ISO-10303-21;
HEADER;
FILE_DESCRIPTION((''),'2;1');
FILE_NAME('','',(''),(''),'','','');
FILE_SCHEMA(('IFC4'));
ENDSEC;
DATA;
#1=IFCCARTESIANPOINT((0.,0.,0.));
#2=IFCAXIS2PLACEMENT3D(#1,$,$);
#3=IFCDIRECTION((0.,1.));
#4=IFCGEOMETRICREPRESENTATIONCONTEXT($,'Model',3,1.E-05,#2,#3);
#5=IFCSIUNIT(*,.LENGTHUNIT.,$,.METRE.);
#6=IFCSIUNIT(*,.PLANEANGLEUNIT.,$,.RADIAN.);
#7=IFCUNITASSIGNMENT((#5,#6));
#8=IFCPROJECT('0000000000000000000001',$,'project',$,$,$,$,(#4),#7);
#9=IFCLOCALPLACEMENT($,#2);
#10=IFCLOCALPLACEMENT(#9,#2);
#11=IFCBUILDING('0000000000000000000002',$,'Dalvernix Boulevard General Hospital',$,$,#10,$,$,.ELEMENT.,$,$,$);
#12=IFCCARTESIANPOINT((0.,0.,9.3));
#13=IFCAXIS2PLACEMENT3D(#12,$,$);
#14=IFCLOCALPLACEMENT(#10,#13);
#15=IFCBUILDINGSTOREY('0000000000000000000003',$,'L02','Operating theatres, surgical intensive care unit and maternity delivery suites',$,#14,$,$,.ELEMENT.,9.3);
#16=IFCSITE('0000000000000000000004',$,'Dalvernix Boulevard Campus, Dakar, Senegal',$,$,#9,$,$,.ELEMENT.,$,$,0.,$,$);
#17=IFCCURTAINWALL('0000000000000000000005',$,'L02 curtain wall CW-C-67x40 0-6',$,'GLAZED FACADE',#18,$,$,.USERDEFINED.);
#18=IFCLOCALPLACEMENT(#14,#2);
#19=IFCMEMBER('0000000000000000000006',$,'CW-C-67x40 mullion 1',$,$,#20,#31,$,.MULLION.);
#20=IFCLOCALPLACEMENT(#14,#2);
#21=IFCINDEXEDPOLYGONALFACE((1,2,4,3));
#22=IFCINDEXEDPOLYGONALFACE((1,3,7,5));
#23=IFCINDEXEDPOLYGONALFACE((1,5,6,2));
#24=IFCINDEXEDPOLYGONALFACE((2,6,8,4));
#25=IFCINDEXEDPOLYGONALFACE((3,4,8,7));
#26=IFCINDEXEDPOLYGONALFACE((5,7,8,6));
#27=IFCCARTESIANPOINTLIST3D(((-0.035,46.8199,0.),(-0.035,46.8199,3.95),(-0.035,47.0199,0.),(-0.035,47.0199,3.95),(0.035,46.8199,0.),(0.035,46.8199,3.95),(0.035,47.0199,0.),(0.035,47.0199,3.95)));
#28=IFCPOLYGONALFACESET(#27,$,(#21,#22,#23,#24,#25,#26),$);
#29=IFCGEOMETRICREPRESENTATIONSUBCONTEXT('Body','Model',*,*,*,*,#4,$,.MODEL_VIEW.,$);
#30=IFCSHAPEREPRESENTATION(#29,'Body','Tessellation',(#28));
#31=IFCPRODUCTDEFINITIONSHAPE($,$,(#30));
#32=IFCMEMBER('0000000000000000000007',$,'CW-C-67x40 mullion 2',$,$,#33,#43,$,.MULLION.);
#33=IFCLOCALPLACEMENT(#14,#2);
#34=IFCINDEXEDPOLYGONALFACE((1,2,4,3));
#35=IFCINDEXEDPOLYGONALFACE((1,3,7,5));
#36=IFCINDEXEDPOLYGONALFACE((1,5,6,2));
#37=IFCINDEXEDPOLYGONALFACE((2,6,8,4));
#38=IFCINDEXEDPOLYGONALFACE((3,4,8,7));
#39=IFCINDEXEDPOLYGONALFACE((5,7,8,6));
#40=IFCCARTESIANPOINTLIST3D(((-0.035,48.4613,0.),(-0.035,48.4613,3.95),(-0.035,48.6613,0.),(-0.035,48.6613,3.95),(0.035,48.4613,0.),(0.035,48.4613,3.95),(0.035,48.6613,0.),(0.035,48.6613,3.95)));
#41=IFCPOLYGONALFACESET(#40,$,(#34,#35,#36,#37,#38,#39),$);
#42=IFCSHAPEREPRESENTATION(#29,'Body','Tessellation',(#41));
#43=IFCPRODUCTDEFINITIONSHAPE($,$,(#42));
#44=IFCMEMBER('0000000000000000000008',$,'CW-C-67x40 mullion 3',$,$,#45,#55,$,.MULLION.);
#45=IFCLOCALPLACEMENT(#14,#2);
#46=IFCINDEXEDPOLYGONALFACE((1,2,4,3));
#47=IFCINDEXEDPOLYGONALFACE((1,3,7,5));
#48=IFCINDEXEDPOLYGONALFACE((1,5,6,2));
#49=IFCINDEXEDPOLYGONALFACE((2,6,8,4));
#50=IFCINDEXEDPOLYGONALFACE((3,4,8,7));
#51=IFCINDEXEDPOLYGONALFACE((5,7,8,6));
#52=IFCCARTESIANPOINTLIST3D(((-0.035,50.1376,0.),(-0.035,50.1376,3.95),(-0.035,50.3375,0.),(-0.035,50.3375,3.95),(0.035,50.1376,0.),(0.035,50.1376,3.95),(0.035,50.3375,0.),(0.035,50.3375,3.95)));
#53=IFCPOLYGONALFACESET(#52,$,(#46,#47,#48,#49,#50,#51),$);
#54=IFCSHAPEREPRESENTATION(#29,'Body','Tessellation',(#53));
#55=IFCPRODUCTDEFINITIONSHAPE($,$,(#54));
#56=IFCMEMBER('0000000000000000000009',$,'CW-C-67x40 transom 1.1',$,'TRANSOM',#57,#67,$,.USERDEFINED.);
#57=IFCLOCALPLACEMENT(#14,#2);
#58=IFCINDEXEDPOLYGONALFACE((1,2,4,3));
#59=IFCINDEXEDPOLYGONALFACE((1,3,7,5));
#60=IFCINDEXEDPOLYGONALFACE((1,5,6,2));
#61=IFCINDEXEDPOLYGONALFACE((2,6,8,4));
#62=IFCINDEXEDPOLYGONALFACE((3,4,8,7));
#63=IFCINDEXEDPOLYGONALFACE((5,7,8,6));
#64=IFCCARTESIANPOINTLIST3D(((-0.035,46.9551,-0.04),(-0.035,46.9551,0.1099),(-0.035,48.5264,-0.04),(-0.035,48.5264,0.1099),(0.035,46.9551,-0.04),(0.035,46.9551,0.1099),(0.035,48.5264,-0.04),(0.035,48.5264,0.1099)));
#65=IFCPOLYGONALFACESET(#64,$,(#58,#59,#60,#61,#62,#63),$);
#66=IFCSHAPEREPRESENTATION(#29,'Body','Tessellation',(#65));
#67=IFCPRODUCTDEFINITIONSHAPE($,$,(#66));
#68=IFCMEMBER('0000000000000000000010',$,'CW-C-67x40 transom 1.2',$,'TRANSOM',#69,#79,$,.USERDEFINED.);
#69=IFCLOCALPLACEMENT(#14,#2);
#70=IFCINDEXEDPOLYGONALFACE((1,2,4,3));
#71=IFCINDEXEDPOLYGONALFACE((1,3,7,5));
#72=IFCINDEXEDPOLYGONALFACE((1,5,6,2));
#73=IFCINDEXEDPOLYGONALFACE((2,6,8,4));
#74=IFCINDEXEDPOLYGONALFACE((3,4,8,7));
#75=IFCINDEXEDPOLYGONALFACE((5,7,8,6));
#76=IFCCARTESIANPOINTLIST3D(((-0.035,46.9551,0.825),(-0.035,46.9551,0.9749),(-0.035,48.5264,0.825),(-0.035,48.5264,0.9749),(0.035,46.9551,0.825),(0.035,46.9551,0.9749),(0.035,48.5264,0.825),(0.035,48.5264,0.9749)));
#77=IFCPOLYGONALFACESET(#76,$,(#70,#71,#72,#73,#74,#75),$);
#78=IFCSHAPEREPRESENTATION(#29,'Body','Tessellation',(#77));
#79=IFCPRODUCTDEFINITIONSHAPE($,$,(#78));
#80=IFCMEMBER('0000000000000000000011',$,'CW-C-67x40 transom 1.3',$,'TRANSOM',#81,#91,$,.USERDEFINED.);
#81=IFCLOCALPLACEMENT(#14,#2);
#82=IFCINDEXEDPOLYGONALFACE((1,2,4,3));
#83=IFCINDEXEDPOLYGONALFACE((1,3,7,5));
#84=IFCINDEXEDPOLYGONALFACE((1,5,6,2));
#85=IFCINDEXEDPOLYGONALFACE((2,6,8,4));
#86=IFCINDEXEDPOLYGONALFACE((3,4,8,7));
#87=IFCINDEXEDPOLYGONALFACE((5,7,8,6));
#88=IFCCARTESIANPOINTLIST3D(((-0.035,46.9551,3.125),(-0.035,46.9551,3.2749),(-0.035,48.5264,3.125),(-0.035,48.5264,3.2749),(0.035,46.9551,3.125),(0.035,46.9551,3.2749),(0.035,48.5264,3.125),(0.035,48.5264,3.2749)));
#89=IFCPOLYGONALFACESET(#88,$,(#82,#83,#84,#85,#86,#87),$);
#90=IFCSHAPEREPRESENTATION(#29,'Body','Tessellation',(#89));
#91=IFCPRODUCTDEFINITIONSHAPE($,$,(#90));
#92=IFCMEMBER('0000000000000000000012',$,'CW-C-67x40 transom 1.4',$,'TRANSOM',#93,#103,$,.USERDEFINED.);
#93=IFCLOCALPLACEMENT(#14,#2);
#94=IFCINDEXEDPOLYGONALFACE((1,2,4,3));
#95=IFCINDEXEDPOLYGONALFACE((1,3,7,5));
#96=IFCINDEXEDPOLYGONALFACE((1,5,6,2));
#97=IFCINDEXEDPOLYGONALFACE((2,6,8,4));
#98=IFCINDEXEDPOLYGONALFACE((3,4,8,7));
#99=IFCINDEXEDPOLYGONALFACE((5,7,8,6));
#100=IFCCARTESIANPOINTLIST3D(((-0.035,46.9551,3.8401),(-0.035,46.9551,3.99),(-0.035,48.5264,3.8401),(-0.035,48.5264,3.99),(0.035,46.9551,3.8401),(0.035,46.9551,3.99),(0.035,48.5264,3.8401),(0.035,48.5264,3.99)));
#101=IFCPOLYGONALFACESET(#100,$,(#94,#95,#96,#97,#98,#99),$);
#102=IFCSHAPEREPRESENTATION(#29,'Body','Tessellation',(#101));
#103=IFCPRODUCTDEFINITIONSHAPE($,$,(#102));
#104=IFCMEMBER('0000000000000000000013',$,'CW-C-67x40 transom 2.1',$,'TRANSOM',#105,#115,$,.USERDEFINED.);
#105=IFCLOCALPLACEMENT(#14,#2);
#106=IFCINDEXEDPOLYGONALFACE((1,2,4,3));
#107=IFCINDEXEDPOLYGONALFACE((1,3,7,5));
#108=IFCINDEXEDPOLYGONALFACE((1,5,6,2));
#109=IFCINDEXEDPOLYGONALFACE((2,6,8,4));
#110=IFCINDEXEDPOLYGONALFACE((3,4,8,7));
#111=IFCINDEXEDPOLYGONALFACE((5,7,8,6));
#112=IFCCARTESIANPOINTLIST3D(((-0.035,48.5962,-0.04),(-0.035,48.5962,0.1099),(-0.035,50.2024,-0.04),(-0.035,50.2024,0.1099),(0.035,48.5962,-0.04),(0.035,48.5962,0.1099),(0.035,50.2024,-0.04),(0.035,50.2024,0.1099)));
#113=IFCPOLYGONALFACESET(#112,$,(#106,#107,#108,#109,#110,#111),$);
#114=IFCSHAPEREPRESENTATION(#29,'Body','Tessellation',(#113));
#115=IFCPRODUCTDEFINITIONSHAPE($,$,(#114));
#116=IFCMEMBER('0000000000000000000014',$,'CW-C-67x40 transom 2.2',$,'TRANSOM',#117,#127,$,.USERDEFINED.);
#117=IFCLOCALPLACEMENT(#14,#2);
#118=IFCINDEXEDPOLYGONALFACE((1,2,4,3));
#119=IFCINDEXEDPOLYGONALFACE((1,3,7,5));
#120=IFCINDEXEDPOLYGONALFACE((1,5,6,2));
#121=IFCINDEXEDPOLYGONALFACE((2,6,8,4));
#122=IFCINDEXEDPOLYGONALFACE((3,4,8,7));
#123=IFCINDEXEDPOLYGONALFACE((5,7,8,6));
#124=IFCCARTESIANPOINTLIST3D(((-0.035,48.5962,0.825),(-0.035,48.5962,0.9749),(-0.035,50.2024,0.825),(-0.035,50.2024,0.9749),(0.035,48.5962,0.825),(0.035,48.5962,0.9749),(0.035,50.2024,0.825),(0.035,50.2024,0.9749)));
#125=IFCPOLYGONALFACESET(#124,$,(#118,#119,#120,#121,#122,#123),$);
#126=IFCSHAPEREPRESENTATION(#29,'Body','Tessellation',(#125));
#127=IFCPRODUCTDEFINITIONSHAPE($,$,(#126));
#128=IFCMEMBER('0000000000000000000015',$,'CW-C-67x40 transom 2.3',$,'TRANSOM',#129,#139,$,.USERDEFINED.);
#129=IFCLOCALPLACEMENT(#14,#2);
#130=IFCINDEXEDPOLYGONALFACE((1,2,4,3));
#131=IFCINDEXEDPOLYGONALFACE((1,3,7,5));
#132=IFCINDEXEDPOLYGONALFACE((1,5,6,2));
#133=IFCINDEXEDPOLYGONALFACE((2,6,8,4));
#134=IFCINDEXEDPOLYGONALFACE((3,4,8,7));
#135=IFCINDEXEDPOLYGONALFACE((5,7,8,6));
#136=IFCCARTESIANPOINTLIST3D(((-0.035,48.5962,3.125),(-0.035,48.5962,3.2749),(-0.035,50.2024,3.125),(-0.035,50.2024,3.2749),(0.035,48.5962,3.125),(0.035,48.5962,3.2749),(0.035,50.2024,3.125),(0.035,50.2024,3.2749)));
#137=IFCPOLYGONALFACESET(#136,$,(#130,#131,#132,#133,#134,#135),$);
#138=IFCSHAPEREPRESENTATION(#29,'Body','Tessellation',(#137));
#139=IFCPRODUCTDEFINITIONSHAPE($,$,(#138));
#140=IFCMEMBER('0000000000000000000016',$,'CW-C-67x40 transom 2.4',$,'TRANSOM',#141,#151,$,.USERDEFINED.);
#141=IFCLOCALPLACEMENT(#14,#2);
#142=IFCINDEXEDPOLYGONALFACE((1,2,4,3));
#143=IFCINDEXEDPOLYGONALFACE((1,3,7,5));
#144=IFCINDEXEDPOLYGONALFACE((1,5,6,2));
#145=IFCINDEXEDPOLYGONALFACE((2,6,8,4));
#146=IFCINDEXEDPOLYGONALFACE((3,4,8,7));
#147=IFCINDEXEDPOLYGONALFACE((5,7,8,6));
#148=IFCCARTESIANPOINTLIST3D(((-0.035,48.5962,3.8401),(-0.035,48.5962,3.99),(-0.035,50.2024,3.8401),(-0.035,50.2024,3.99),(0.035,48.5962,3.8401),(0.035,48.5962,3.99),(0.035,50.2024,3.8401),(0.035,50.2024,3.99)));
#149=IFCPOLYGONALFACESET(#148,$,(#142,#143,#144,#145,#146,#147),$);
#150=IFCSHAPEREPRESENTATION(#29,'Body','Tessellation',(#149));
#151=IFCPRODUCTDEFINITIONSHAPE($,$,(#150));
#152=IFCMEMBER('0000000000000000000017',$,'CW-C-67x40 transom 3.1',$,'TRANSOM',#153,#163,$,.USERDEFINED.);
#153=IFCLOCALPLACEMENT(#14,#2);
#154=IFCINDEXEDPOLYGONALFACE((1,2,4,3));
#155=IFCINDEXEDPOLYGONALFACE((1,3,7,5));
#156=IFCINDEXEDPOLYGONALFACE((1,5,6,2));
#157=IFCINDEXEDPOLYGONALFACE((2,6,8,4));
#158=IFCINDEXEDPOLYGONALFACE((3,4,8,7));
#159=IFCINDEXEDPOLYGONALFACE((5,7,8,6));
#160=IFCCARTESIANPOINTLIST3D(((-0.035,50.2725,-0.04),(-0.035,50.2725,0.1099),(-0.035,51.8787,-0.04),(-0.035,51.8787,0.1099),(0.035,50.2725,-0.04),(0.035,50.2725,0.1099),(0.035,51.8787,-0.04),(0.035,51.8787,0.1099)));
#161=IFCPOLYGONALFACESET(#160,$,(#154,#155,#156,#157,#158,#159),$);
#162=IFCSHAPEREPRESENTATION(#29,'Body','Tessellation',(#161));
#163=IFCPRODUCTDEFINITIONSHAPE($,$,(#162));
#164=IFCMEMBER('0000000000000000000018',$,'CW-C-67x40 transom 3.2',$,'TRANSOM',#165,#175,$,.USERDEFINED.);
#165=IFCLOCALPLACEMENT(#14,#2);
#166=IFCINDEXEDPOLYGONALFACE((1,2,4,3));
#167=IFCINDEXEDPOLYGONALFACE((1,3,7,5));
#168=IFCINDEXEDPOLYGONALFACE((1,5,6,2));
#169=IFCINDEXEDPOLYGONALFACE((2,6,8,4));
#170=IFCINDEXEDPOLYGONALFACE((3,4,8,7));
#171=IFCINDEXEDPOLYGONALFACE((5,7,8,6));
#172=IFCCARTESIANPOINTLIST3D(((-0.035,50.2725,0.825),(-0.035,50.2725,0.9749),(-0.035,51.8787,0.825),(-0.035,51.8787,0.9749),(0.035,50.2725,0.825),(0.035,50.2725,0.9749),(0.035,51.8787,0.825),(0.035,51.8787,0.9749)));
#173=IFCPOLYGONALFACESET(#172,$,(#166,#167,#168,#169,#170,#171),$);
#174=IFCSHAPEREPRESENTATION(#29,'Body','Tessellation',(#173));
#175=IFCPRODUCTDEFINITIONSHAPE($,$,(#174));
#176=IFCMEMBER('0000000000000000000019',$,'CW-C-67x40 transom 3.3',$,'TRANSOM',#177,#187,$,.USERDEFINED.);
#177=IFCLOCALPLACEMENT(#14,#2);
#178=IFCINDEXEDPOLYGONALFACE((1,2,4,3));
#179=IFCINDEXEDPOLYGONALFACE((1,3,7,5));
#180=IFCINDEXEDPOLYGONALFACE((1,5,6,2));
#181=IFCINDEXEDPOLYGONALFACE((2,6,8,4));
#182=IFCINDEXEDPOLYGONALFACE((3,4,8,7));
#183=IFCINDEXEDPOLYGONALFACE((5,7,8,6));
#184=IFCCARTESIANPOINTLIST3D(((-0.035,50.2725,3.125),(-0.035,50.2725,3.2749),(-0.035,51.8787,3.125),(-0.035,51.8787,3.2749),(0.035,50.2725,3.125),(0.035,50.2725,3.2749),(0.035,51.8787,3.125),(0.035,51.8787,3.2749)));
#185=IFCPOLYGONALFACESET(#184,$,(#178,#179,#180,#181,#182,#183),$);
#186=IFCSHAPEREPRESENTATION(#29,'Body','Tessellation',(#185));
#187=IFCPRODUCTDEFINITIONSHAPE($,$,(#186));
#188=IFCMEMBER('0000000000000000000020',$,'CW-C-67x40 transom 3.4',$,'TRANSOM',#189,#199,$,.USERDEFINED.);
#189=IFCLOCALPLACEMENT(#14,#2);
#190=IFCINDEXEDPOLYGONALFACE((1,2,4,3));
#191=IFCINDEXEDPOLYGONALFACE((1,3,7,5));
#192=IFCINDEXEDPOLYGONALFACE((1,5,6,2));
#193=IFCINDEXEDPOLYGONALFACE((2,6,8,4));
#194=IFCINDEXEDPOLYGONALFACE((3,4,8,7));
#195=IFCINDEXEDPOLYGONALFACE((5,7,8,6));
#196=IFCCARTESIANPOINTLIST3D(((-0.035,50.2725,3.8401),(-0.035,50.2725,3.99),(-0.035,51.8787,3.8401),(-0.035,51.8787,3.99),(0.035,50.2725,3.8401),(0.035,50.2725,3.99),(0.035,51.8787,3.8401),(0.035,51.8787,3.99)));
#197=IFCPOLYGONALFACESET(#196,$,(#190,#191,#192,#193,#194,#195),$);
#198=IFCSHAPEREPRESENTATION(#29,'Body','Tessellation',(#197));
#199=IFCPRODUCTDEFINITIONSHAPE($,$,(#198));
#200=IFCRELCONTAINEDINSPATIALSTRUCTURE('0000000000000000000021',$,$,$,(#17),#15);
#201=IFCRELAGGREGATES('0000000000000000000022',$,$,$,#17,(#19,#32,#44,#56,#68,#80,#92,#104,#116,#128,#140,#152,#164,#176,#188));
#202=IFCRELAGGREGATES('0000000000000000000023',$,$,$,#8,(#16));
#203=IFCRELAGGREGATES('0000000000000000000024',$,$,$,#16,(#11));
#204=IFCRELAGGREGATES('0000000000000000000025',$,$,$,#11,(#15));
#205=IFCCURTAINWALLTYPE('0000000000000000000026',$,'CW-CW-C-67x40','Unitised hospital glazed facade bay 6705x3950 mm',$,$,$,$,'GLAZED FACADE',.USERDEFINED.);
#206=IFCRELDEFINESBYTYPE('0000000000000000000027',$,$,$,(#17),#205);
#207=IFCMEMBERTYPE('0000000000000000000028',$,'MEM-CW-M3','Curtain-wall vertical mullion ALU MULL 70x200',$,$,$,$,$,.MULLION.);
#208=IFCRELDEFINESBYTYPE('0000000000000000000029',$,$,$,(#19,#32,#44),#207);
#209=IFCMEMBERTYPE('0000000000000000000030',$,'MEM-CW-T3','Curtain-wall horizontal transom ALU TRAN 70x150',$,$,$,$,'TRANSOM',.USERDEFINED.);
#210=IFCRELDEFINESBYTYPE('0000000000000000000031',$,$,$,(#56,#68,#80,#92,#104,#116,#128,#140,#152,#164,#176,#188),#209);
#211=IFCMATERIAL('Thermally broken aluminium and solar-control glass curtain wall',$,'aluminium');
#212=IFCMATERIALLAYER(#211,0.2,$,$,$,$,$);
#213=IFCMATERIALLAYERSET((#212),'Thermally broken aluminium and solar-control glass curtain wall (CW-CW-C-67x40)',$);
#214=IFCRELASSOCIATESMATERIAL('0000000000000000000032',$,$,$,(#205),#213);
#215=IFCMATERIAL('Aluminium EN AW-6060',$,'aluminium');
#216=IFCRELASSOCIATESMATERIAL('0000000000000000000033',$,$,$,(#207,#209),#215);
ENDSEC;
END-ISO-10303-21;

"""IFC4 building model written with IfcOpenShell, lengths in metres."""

from ifc_helpers import new_model, si_unit, direction, frame, origin, origin_2d, place, context, subcontext, project, spatial, rectangle, extrude, material, layer, layer_set, material_profile, profile_set, type_object, element, aggregate, save


model = new_model("IFC4")

# Units and contexts
model_context = context("Model", 3, precision=1e-05, world=origin(), true_north=direction((0.0, 1.0)))
body_context = subcontext(model_context, "Body", "Model", "MODEL_VIEW")
ifc_project = project(units=[si_unit("LENGTHUNIT", "METRE"), si_unit("PLANEANGLEUNIT", "RADIAN")], contexts=[model_context])

# Site, building, storey
site_placement = place(None, origin())
site = spatial("IfcSite", under=ifc_project, at=site_placement, Name="Dalvernix Boulevard Campus, Dakar, Senegal", CompositionType="ELEMENT", RefElevation=0.0)
building_placement = place(site_placement, origin())
building = spatial("IfcBuilding", under=site, at=building_placement, Name="Dalvernix Boulevard General Hospital", CompositionType="ELEMENT")
storey_placement = place(building_placement, frame((0.0, 0.0, 9.3)))
storey = spatial("IfcBuildingStorey", under=building, at=storey_placement, Name="L02", Description="Operating theatres, surgical intensive care unit and maternity delivery suites", CompositionType="ELEMENT", Elevation=9.3)

# Curtain wall, members
ifc_material_1 = material(Name="Thermally broken aluminium and solar-control glass curtain wall", Category="aluminium")
ifc_layer_1 = layer(ifc_material_1, 0.2)
ifc_layer_set_1 = layer_set([ifc_layer_1], Name="Thermally broken aluminium and solar-control glass curtain wall (CW-CW-C-67x40)")
curtain_wall_type = type_object("IfcCurtainWallType", Name="CW-CW-C-67x40", Description="Unitised hospital glazed facade bay 6705x3950 mm", ElementType="GLAZED FACADE", PredefinedType="USERDEFINED", material=ifc_layer_set_1)
curtain_wall_placement = place(storey_placement, origin())
curtain_wall = element("IfcCurtainWall", 1, at=curtain_wall_placement, inside=storey, type_object=curtain_wall_type, Name="L02 curtain wall CW-C-67x40 0-6", ObjectType="GLAZED FACADE", PredefinedType="USERDEFINED")
ifc_material_2 = material(Name="Aluminium EN AW-6060", Category="aluminium")
ifc_material_profile_1 = material_profile(ifc_material_2, rectangle(XDim=0.0701, YDim=0.2, at=origin_2d()), Name="ALU MULL 70x200")
ifc_profile_set_1 = profile_set([ifc_material_profile_1], Name="Aluminium EN AW-6060")
member_type_1 = type_object("IfcMemberType", Name="MEM-CW-M3", Description="Curtain-wall vertical mullion ALU MULL 70x200", PredefinedType="MULLION", material=ifc_profile_set_1)
member_1_placement = place(storey_placement, frame((0.0, 46.9199, 0.0), z_axis=(0.0, 0.0, 1.0), x_axis=(-1.0, 0.0, 0.0)))
member_1 = element("IfcMember", 2, at=member_1_placement, type_object=member_type_1, Name="CW-C-67x40 mullion 1", PredefinedType="MULLION", context=body_context, shape_type="SweptSolid", body=[
    extrude(rectangle(XDim=0.0701, YDim=0.2, at=origin_2d()), origin(), (0.0, 0.0, 1.0), 3.95),
])
member_2_placement = place(storey_placement, frame((0.0, 48.5613, 0.0), z_axis=(0.0, 0.0, 1.0), x_axis=(-1.0, 0.0, 0.0)))
member_2 = element("IfcMember", 3, at=member_2_placement, type_object=member_type_1, Name="CW-C-67x40 mullion 2", PredefinedType="MULLION", context=body_context, shape_type="SweptSolid", body=[
    extrude(rectangle(XDim=0.0701, YDim=0.2, at=origin_2d()), origin(), (0.0, 0.0, 1.0), 3.95),
])
member_3_placement = place(storey_placement, frame((0.0, 50.2375, 0.0), z_axis=(0.0, 0.0, 1.0), x_axis=(-1.0, 0.0, 0.0)))
member_3 = element("IfcMember", 4, at=member_3_placement, type_object=member_type_1, Name="CW-C-67x40 mullion 3", PredefinedType="MULLION", context=body_context, shape_type="SweptSolid", body=[
    extrude(rectangle(XDim=0.0701, YDim=0.2, at=origin_2d()), origin(), (0.0, 0.0, 1.0), 3.95),
])
ifc_material_profile_2 = material_profile(ifc_material_2, rectangle(XDim=0.0701, YDim=0.1499, at=origin_2d()), Name="ALU TRAN 70x150")
ifc_profile_set_2 = profile_set([ifc_material_profile_2], Name="Aluminium EN AW-6060")
member_type_2 = type_object("IfcMemberType", Name="MEM-CW-T3", Description="Curtain-wall horizontal transom ALU TRAN 70x150", ElementType="TRANSOM", PredefinedType="USERDEFINED", material=ifc_profile_set_2)
member_4_placement = place(storey_placement, frame((0.0, 46.9551, 0.0349), z_axis=(0.0, 1.0, 0.0), x_axis=(-1.0, 0.0, 0.0)))
member_4 = element("IfcMember", 5, at=member_4_placement, type_object=member_type_2, Name="CW-C-67x40 transom 1.1", ObjectType="TRANSOM", PredefinedType="USERDEFINED", context=body_context, shape_type="SweptSolid", body=[
    extrude(rectangle(XDim=0.0701, YDim=0.1499, at=origin_2d()), origin(), (0.0, 0.0, 1.0), 1.5713),
])
member_5_placement = place(storey_placement, frame((0.0, 46.9551, 0.8999), z_axis=(0.0, 1.0, 0.0), x_axis=(-1.0, 0.0, 0.0)))
member_5 = element("IfcMember", 6, at=member_5_placement, type_object=member_type_2, Name="CW-C-67x40 transom 1.2", ObjectType="TRANSOM", PredefinedType="USERDEFINED", context=body_context, shape_type="SweptSolid", body=[
    extrude(rectangle(XDim=0.0701, YDim=0.1499, at=origin_2d()), origin(), (0.0, 0.0, 1.0), 1.5713),
])
member_6_placement = place(storey_placement, frame((0.0, 46.9551, 3.2), z_axis=(0.0, 1.0, 0.0), x_axis=(-1.0, 0.0, 0.0)))
member_6 = element("IfcMember", 7, at=member_6_placement, type_object=member_type_2, Name="CW-C-67x40 transom 1.3", ObjectType="TRANSOM", PredefinedType="USERDEFINED", context=body_context, shape_type="SweptSolid", body=[
    extrude(rectangle(XDim=0.0701, YDim=0.1499, at=origin_2d()), origin(), (0.0, 0.0, 1.0), 1.5713),
])
member_7_placement = place(storey_placement, frame((0.0, 46.9551, 3.915), z_axis=(0.0, 1.0, 0.0), x_axis=(-1.0, 0.0, 0.0)))
member_7 = element("IfcMember", 8, at=member_7_placement, type_object=member_type_2, Name="CW-C-67x40 transom 1.4", ObjectType="TRANSOM", PredefinedType="USERDEFINED", context=body_context, shape_type="SweptSolid", body=[
    extrude(rectangle(XDim=0.0701, YDim=0.1499, at=origin_2d()), origin(), (0.0, 0.0, 1.0), 1.5713),
])
member_8_placement = place(storey_placement, frame((0.0, 48.5962, 0.0349), z_axis=(0.0, 1.0, 0.0), x_axis=(-1.0, 0.0, 0.0)))
member_8 = element("IfcMember", 9, at=member_8_placement, type_object=member_type_2, Name="CW-C-67x40 transom 2.1", ObjectType="TRANSOM", PredefinedType="USERDEFINED", context=body_context, shape_type="SweptSolid", body=[
    extrude(rectangle(XDim=0.0701, YDim=0.1499, at=origin_2d()), origin(), (0.0, 0.0, 1.0), 1.6062),
])
member_9_placement = place(storey_placement, frame((0.0, 48.5962, 0.8999), z_axis=(0.0, 1.0, 0.0), x_axis=(-1.0, 0.0, 0.0)))
member_9 = element("IfcMember", 10, at=member_9_placement, type_object=member_type_2, Name="CW-C-67x40 transom 2.2", ObjectType="TRANSOM", PredefinedType="USERDEFINED", context=body_context, shape_type="SweptSolid", body=[
    extrude(rectangle(XDim=0.0701, YDim=0.1499, at=origin_2d()), origin(), (0.0, 0.0, 1.0), 1.6062),
])
member_10_placement = place(storey_placement, frame((0.0, 48.5962, 3.2), z_axis=(0.0, 1.0, 0.0), x_axis=(-1.0, 0.0, 0.0)))
member_10 = element("IfcMember", 11, at=member_10_placement, type_object=member_type_2, Name="CW-C-67x40 transom 2.3", ObjectType="TRANSOM", PredefinedType="USERDEFINED", context=body_context, shape_type="SweptSolid", body=[
    extrude(rectangle(XDim=0.0701, YDim=0.1499, at=origin_2d()), origin(), (0.0, 0.0, 1.0), 1.6062),
])
member_11_placement = place(storey_placement, frame((0.0, 48.5962, 3.915), z_axis=(0.0, 1.0, 0.0), x_axis=(-1.0, 0.0, 0.0)))
member_11 = element("IfcMember", 12, at=member_11_placement, type_object=member_type_2, Name="CW-C-67x40 transom 2.4", ObjectType="TRANSOM", PredefinedType="USERDEFINED", context=body_context, shape_type="SweptSolid", body=[
    extrude(rectangle(XDim=0.0701, YDim=0.1499, at=origin_2d()), origin(), (0.0, 0.0, 1.0), 1.6062),
])
member_12_placement = place(storey_placement, frame((0.0, 50.2725, 0.0349), z_axis=(0.0, 1.0, 0.0), x_axis=(-1.0, 0.0, 0.0)))
member_12 = element("IfcMember", 13, at=member_12_placement, type_object=member_type_2, Name="CW-C-67x40 transom 3.1", ObjectType="TRANSOM", PredefinedType="USERDEFINED", context=body_context, shape_type="SweptSolid", body=[
    extrude(rectangle(XDim=0.0701, YDim=0.1499, at=origin_2d()), origin(), (0.0, 0.0, 1.0), 1.6062),
])
member_13_placement = place(storey_placement, frame((0.0, 50.2725, 0.8999), z_axis=(0.0, 1.0, 0.0), x_axis=(-1.0, 0.0, 0.0)))
member_13 = element("IfcMember", 14, at=member_13_placement, type_object=member_type_2, Name="CW-C-67x40 transom 3.2", ObjectType="TRANSOM", PredefinedType="USERDEFINED", context=body_context, shape_type="SweptSolid", body=[
    extrude(rectangle(XDim=0.0701, YDim=0.1499, at=origin_2d()), origin(), (0.0, 0.0, 1.0), 1.6062),
])
member_14_placement = place(storey_placement, frame((0.0, 50.2725, 3.2), z_axis=(0.0, 1.0, 0.0), x_axis=(-1.0, 0.0, 0.0)))
member_14 = element("IfcMember", 15, at=member_14_placement, type_object=member_type_2, Name="CW-C-67x40 transom 3.3", ObjectType="TRANSOM", PredefinedType="USERDEFINED", context=body_context, shape_type="SweptSolid", body=[
    extrude(rectangle(XDim=0.0701, YDim=0.1499, at=origin_2d()), origin(), (0.0, 0.0, 1.0), 1.6062),
])
member_15_placement = place(storey_placement, frame((0.0, 50.2725, 3.915), z_axis=(0.0, 1.0, 0.0), x_axis=(-1.0, 0.0, 0.0)))
member_15 = element("IfcMember", 16, at=member_15_placement, type_object=member_type_2, Name="CW-C-67x40 transom 3.4", ObjectType="TRANSOM", PredefinedType="USERDEFINED", context=body_context, shape_type="SweptSolid", body=[
    extrude(rectangle(XDim=0.0701, YDim=0.1499, at=origin_2d()), origin(), (0.0, 0.0, 1.0), 1.6062),
])
aggregate(curtain_wall, [member_1, member_2, member_3, member_4, member_5, member_6, member_7, member_8, member_9, member_10, member_11, member_12, member_13, member_14, member_15])

save(model, "model.ifc")
